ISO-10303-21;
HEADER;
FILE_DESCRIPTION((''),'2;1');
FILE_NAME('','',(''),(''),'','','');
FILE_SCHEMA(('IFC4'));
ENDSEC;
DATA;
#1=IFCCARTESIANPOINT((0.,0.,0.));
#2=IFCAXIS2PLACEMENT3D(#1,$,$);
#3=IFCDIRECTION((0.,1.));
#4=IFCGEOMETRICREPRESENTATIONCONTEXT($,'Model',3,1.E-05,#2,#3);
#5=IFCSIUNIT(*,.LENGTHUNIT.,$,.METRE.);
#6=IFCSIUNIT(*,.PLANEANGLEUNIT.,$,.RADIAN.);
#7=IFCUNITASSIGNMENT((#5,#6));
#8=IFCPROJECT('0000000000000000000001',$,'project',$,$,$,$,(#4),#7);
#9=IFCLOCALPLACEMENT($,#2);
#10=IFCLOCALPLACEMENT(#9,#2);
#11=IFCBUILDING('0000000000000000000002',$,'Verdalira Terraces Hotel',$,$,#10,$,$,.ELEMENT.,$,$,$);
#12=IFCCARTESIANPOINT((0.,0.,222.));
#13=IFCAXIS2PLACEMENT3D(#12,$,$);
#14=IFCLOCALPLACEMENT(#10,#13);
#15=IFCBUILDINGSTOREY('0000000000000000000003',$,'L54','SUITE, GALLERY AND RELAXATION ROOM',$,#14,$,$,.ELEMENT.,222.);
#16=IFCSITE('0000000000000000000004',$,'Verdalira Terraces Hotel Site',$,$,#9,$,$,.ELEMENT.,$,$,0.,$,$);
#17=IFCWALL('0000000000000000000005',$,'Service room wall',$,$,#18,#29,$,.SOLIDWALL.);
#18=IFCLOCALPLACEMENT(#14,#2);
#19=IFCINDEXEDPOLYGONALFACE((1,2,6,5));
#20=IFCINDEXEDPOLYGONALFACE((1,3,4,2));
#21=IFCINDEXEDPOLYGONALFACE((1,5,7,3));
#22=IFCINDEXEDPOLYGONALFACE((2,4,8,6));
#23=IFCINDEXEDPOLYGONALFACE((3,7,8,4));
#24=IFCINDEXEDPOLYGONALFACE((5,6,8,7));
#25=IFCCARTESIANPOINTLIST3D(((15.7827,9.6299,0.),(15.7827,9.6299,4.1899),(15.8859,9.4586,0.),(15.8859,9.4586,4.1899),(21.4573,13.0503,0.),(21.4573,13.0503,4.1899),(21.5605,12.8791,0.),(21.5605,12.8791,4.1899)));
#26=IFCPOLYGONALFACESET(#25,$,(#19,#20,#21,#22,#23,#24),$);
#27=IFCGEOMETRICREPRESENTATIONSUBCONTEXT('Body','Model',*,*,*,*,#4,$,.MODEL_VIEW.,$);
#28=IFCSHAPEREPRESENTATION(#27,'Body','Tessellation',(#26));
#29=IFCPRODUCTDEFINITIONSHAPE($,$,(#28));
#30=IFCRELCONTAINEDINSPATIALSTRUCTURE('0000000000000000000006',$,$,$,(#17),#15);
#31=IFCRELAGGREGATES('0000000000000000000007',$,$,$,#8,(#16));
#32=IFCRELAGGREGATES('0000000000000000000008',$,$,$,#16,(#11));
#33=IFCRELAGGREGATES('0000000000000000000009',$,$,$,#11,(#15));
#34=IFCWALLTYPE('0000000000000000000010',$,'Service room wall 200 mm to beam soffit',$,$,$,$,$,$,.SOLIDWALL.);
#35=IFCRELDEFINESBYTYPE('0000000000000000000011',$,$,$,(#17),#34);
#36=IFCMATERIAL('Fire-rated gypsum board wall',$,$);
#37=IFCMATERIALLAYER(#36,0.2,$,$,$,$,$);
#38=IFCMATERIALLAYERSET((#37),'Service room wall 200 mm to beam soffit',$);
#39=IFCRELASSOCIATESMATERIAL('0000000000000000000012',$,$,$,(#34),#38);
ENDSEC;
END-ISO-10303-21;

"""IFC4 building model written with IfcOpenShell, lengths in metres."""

from ifc_helpers import new_model, si_unit, direction, frame, frame_2d, origin, place, context, subcontext, project, spatial, rectangle, extrude, material, layer, layer_set, type_object, element, save


model = new_model("IFC4")

# Units and contexts
model_context = context("Model", 3, precision=1e-05, world=origin(), true_north=direction((0.0, 1.0)))
body_context = subcontext(model_context, "Body", "Model", "MODEL_VIEW")
ifc_project = project(units=[si_unit("LENGTHUNIT", "METRE"), si_unit("PLANEANGLEUNIT", "RADIAN")], contexts=[model_context])

# Site, building, storey
site_placement = place(None, origin())
site = spatial("IfcSite", under=ifc_project, at=site_placement, Name="Verdalira Terraces Hotel Site", CompositionType="ELEMENT", RefElevation=0.0)
building_placement = place(site_placement, origin())
building = spatial("IfcBuilding", under=site, at=building_placement, Name="Verdalira Terraces Hotel", CompositionType="ELEMENT")
storey_placement = place(building_placement, frame((0.0, 0.0, 222.0)))
storey = spatial("IfcBuildingStorey", under=building, at=storey_placement, Name="L54", Description="SUITE, GALLERY AND RELAXATION ROOM", CompositionType="ELEMENT", Elevation=222.0)

# Wall
ifc_material_1 = material(Name="Fire-rated gypsum board wall")
ifc_layer_1 = layer(ifc_material_1, 0.2)
ifc_layer_set_1 = layer_set([ifc_layer_1], Name="Service room wall 200 mm to beam soffit")
wall_type_1 = type_object("IfcWallType", Name="Service room wall 200 mm to beam soffit", PredefinedType="SOLIDWALL", material=ifc_layer_set_1)
wall_1_placement = place(storey_placement, frame((15.8342, 9.5442, 0.0), z_axis=(0.0, 0.0, 1.0), x_axis=(0.856448, 0.516234, 0.0)))
element("IfcWall", 1, at=wall_1_placement, inside=storey, type_object=wall_type_1, Name="Service room wall", PredefinedType="SOLIDWALL", context=body_context, shape_type="SweptSolid", body=[
    extrude(rectangle(XDim=6.6257, YDim=0.2, at=frame_2d((3.313, 0.0))), origin(), (0.0, 0.0, 1.0), 4.1899),
])

save(model, "model.ifc")
